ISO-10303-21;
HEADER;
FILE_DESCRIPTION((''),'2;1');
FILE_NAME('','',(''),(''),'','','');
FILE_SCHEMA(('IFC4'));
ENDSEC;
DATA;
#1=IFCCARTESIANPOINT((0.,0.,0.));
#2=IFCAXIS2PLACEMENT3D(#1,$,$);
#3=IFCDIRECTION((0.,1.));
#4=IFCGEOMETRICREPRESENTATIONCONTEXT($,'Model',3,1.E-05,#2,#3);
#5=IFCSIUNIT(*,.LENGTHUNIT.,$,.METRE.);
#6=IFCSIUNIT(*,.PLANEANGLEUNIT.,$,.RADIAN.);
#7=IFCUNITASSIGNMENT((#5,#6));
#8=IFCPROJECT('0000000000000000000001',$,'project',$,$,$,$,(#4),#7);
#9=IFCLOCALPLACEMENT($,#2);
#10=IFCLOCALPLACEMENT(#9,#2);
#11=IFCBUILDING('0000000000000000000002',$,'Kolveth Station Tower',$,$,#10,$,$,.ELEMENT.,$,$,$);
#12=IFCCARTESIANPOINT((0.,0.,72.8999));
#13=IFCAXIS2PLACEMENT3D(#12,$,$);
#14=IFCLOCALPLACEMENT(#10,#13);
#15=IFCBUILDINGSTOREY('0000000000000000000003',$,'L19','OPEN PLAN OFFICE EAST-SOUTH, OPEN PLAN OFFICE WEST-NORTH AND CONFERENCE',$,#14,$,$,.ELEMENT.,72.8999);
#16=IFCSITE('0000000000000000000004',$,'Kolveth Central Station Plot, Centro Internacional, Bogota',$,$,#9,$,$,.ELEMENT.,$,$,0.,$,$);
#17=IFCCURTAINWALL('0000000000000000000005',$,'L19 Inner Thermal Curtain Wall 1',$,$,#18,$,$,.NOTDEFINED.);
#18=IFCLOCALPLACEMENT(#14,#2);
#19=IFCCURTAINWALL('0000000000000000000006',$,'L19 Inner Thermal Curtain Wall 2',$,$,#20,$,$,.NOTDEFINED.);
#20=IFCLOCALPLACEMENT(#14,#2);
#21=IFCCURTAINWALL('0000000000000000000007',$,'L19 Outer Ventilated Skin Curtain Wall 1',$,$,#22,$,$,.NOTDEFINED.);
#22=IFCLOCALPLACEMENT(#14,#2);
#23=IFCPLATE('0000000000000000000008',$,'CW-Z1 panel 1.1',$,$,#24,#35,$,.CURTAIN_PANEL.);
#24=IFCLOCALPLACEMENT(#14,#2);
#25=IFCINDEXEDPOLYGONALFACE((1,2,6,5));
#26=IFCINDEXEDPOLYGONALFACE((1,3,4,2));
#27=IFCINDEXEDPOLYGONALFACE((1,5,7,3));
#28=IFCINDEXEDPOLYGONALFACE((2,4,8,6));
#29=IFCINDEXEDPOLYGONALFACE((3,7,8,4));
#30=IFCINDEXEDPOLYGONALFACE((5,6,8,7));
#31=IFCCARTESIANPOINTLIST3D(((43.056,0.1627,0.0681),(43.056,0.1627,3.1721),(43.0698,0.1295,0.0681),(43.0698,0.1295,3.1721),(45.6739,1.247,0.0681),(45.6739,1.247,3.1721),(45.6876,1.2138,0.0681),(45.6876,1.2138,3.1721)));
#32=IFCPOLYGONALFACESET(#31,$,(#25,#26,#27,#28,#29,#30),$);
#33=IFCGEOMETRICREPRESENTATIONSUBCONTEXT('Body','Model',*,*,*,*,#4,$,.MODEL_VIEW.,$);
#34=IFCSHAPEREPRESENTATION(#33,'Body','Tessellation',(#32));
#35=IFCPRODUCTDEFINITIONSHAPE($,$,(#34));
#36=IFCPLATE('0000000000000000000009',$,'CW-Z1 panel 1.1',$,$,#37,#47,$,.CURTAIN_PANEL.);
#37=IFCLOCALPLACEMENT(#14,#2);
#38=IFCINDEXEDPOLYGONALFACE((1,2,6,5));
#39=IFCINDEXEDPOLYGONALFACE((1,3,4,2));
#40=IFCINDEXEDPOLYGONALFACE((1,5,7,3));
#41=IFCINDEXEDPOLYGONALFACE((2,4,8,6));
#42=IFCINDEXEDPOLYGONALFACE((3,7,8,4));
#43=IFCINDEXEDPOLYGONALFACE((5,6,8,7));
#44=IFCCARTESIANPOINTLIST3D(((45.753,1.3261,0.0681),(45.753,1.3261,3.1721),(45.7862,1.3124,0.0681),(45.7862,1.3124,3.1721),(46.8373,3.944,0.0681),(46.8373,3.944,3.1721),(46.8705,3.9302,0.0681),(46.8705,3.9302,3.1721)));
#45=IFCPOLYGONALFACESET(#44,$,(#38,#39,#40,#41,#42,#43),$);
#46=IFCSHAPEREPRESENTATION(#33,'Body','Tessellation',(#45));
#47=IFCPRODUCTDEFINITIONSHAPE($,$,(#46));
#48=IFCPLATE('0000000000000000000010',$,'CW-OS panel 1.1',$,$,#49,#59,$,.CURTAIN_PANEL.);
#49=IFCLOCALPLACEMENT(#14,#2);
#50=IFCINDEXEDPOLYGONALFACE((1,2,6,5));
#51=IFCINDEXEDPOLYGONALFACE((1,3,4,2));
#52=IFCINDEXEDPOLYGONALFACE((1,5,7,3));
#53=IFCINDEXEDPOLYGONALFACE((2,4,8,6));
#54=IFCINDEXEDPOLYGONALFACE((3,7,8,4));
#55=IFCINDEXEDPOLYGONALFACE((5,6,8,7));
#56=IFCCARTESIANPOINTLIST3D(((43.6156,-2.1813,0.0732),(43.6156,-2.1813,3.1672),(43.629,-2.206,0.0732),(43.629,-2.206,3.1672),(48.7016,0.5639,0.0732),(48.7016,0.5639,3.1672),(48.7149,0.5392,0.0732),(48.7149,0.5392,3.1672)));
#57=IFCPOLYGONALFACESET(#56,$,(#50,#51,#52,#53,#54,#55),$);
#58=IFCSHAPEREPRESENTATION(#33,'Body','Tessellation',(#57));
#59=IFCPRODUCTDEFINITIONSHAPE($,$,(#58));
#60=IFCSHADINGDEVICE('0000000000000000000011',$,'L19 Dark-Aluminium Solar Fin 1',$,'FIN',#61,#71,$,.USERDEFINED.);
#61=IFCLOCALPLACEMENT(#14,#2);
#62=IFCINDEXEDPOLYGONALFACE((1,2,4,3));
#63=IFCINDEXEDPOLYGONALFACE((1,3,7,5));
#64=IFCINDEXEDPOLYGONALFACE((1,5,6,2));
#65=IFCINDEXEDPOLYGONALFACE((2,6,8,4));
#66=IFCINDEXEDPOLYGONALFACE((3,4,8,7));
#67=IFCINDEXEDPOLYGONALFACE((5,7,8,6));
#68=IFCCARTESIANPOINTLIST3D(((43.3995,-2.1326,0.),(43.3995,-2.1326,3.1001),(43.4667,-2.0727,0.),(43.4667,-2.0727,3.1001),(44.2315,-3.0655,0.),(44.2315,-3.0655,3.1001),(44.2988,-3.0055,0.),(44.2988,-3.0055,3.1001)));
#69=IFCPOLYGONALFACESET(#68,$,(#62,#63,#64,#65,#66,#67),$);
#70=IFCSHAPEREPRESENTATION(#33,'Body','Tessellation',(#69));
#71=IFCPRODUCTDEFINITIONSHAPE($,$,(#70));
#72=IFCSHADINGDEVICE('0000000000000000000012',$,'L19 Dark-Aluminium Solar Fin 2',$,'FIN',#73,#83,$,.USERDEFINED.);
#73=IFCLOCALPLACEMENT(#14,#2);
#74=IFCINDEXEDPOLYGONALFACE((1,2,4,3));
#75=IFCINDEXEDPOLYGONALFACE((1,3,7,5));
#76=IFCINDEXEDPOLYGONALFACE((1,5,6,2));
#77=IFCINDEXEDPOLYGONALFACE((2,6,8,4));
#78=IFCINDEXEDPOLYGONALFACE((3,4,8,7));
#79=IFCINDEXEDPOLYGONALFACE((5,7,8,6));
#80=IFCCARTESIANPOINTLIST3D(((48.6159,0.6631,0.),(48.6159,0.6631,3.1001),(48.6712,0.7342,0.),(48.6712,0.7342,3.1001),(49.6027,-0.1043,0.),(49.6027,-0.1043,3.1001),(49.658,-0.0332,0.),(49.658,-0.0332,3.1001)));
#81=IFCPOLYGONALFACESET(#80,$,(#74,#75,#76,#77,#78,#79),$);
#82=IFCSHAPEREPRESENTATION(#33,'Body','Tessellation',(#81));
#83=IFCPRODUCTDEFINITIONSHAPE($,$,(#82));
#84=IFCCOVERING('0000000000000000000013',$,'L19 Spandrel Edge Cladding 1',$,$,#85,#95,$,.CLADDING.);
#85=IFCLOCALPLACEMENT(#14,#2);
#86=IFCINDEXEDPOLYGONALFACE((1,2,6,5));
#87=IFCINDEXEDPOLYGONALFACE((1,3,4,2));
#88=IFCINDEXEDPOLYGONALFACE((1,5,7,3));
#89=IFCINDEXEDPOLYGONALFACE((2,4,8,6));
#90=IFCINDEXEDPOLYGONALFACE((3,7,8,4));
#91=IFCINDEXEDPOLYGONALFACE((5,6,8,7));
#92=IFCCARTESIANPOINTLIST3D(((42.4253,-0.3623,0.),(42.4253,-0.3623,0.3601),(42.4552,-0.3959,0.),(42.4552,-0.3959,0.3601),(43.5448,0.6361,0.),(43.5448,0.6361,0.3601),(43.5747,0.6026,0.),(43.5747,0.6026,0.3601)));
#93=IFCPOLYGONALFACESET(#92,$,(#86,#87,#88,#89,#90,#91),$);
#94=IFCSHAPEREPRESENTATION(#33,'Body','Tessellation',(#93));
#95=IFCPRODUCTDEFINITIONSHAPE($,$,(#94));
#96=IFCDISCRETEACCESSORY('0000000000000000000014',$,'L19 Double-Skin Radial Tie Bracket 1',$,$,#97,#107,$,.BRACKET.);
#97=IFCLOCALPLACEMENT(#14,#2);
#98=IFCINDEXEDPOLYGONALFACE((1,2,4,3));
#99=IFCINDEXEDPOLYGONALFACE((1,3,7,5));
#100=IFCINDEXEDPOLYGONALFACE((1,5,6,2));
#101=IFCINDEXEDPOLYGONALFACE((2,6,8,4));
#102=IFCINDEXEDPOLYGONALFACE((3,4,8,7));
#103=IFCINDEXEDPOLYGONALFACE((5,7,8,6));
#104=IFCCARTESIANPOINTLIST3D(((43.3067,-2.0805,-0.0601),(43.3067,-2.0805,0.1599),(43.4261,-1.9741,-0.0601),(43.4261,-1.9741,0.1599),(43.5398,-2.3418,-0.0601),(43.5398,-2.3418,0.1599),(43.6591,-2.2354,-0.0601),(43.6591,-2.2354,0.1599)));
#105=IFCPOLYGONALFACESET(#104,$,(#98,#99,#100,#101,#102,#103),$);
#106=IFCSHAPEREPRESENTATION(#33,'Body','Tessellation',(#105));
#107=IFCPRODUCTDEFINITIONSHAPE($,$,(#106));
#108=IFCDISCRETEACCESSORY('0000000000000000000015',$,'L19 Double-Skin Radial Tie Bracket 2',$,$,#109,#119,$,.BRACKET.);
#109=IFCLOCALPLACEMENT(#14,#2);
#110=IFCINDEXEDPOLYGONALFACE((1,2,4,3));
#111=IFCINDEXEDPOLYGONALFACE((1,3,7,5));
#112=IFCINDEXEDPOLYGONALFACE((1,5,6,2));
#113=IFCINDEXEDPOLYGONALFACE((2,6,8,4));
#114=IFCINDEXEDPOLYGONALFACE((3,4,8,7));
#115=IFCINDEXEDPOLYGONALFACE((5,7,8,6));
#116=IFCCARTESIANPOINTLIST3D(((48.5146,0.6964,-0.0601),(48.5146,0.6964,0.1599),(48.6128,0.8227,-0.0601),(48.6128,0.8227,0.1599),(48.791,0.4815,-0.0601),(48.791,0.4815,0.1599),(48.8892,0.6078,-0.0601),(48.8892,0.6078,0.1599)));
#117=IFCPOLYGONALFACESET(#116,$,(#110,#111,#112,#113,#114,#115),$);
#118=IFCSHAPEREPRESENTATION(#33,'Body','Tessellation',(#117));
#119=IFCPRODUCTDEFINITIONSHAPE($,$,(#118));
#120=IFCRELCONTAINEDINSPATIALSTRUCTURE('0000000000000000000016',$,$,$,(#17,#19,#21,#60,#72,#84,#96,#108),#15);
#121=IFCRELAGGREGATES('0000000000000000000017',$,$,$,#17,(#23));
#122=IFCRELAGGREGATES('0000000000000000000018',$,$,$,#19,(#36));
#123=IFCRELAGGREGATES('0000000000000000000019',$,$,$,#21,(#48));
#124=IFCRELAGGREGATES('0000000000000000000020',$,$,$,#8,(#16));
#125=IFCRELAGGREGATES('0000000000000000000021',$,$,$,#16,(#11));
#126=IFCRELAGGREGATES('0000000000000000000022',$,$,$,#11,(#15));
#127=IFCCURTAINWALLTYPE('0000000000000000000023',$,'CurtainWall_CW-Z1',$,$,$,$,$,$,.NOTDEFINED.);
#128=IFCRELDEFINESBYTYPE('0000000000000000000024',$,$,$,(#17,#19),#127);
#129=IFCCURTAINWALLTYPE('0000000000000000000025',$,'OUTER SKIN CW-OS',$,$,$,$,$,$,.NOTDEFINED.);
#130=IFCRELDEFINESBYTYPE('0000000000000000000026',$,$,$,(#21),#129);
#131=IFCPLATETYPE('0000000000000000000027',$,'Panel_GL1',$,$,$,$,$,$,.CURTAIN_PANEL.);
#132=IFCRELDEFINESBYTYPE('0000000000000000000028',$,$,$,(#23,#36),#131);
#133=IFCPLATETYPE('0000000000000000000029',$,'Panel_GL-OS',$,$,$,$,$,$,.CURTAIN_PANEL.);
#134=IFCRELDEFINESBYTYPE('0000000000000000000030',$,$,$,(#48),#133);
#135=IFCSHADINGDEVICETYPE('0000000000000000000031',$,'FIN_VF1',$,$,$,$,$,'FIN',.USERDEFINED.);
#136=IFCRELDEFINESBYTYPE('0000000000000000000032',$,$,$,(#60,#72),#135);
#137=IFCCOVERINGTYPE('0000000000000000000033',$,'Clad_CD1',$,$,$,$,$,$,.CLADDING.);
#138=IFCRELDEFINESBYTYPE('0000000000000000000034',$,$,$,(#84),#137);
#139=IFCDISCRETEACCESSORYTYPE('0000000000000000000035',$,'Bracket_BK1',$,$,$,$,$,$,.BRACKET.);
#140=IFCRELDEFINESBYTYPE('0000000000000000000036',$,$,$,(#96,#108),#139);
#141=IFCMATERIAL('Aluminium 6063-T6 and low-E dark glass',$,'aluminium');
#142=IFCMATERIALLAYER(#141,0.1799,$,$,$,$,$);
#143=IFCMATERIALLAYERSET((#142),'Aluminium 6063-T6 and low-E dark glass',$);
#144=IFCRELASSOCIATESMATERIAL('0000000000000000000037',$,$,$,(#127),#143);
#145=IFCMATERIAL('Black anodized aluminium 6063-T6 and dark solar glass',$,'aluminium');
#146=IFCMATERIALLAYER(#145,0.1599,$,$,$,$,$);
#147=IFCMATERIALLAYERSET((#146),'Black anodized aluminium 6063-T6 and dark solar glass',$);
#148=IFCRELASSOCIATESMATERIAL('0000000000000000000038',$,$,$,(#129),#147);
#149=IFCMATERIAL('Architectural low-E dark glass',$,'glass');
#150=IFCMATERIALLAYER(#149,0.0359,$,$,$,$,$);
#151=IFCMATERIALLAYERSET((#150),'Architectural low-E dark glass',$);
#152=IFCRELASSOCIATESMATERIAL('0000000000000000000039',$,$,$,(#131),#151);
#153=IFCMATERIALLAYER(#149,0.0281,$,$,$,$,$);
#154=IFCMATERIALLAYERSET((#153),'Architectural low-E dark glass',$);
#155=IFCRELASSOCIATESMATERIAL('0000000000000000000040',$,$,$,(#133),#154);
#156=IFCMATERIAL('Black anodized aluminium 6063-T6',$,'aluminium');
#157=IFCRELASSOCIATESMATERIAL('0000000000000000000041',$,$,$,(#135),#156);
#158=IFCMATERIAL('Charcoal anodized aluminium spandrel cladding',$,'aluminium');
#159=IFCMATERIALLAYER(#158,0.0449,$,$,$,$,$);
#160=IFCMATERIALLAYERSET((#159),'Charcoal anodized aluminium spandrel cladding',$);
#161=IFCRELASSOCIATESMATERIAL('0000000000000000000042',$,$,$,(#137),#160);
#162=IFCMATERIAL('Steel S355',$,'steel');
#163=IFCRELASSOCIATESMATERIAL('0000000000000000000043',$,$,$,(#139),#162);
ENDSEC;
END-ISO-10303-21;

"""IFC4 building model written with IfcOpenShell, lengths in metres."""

from ifc_helpers import new_model, si_unit, direction, frame, origin, origin_2d, place, context, subcontext, project, spatial, rectangle, extrude, source, transform, mapped, material, layer, layer_set, type_object, element, aggregate, save


model = new_model("IFC4")

# Units and contexts
model_context = context("Model", 3, precision=1e-05, world=origin(), true_north=direction((0.0, 1.0)))
body_context = subcontext(model_context, "Body", "Model", "MODEL_VIEW")
ifc_project = project(units=[si_unit("LENGTHUNIT", "METRE"), si_unit("PLANEANGLEUNIT", "RADIAN")], contexts=[model_context])

# Site, building, storey
site_placement = place(None, origin())
site = spatial("IfcSite", under=ifc_project, at=site_placement, Name="Kolveth Central Station Plot, Centro Internacional, Bogota", CompositionType="ELEMENT", RefElevation=0.0)
building_placement = place(site_placement, origin())
building = spatial("IfcBuilding", under=site, at=building_placement, Name="Kolveth Station Tower", CompositionType="ELEMENT")
storey_placement = place(building_placement, frame((0.0, 0.0, 72.8999)))
storey = spatial("IfcBuildingStorey", under=building, at=storey_placement, Name="L19", Description="OPEN PLAN OFFICE EAST-SOUTH, OPEN PLAN OFFICE WEST-NORTH AND CONFERENCE", CompositionType="ELEMENT", Elevation=72.8999)

# Shared definitions
ifc_material_1 = material(Name="Steel S355", Category="steel")

# Curtain walls
ifc_material_2 = material(Name="Aluminium 6063-T6 and low-E dark glass", Category="aluminium")
ifc_layer_1 = layer(ifc_material_2, 0.1799)
ifc_layer_set_1 = layer_set([ifc_layer_1], Name="Aluminium 6063-T6 and low-E dark glass")
curtain_wall_type_1 = type_object("IfcCurtainWallType", Name="CurtainWall_CW-Z1", PredefinedType="NOTDEFINED", material=ifc_layer_set_1)
curtain_wall_1_placement = place(storey_placement, origin())
curtain_wall_1 = element("IfcCurtainWall", 1, at=curtain_wall_1_placement, inside=storey, type_object=curtain_wall_type_1, Name="L19 Inner Thermal Curtain Wall 1", PredefinedType="NOTDEFINED")
ifc_material_3 = material(Name="Black anodized aluminium 6063-T6", Category="aluminium")
curtain_wall_2_placement = place(storey_placement, origin())
curtain_wall_2 = element("IfcCurtainWall", 2, at=curtain_wall_2_placement, inside=storey, type_object=curtain_wall_type_1, Name="L19 Inner Thermal Curtain Wall 2", PredefinedType="NOTDEFINED")

# Curtain wall
ifc_material_4 = material(Name="Black anodized aluminium 6063-T6 and dark solar glass", Category="aluminium")
ifc_layer_2 = layer(ifc_material_4, 0.1599)
ifc_layer_set_2 = layer_set([ifc_layer_2], Name="Black anodized aluminium 6063-T6 and dark solar glass")
curtain_wall_type_2 = type_object("IfcCurtainWallType", Name="OUTER SKIN CW-OS", PredefinedType="NOTDEFINED", material=ifc_layer_set_2)
curtain_wall_3_placement = place(storey_placement, origin())
curtain_wall_3 = element("IfcCurtainWall", 3, at=curtain_wall_3_placement, inside=storey, type_object=curtain_wall_type_2, Name="L19 Outer Ventilated Skin Curtain Wall 1", PredefinedType="NOTDEFINED")

# Plates
ifc_material_5 = material(Name="Architectural low-E dark glass", Category="glass")
ifc_layer_3 = layer(ifc_material_5, 0.0359)
ifc_layer_set_3 = layer_set([ifc_layer_3], Name="Architectural low-E dark glass")
plate_type_1 = type_object("IfcPlateType", Name="Panel_GL1", PredefinedType="CURTAIN_PANEL", material=ifc_layer_set_3)
shared_shape_1 = source(origin(), body_context, "Body", "SweptSolid", [
    extrude(rectangle(XDim=2.8335, YDim=0.0359, at=origin_2d()), origin(), (0.0, 0.0, 1.0), 3.104),
])
plate_1_placement = place(storey_placement, frame((44.3718, 0.6882, 0.0681), z_axis=(0.0, 0.0, 1.0), x_axis=(0.923884, 0.382673, 0.0)))
plate_1 = element("IfcPlate", 4, at=plate_1_placement, type_object=plate_type_1, Name="CW-Z1 panel 1.1", PredefinedType="CURTAIN_PANEL", context=body_context, shape_type="MappedRepresentation", body=[
    mapped(shared_shape_1, transform((0.0, 0.0, 0.0), x_axis=(1.0, 0.0, 0.0), y_axis=(0.0, 1.0, 0.0), z_axis=(0.0, 0.0, 1.0), scale=1.0)),
])
aggregate(curtain_wall_1, [plate_1])
plate_2_placement = place(storey_placement, frame((46.3118, 2.6282, 0.0681), z_axis=(0.0, 0.0, 1.0), x_axis=(0.382673, 0.923884, 0.0)))
plate_2 = element("IfcPlate", 5, at=plate_2_placement, type_object=plate_type_1, Name="CW-Z1 panel 1.1", PredefinedType="CURTAIN_PANEL", context=body_context, shape_type="MappedRepresentation", body=[
    mapped(shared_shape_1, transform((0.0, 0.0, 0.0), x_axis=(1.0, 0.0, 0.0), y_axis=(0.0, 1.0, 0.0), z_axis=(0.0, 0.0, 1.0), scale=1.0)),
])
aggregate(curtain_wall_2, [plate_2])
ifc_layer_4 = layer(ifc_material_5, 0.0281)
ifc_layer_set_4 = layer_set([ifc_layer_4], Name="Architectural low-E dark glass")
plate_type_2 = type_object("IfcPlateType", Name="Panel_GL-OS", PredefinedType="CURTAIN_PANEL", material=ifc_layer_set_4)
shared_shape_2 = source(origin(), body_context, "Body", "SweptSolid", [
    extrude(rectangle(XDim=5.7795, YDim=0.0281, at=origin_2d()), origin(), (0.0, 0.0, 1.0), 3.094),
])
plate_3_placement = place(storey_placement, frame((46.1653, -0.821, 0.0732), z_axis=(0.0, 0.0, 1.0), x_axis=(0.879999, 0.474975, 0.0)))
plate_3 = element("IfcPlate", 6, at=plate_3_placement, type_object=plate_type_2, Name="CW-OS panel 1.1", PredefinedType="CURTAIN_PANEL", context=body_context, shape_type="MappedRepresentation", body=[
    mapped(shared_shape_2, transform((0.0, 0.0, 0.0), x_axis=(1.0, 0.0, 0.0), y_axis=(0.0, 1.0, 0.0), z_axis=(0.0, 0.0, 1.0), scale=1.0)),
])
aggregate(curtain_wall_3, [plate_3])

# Shading devices
shading_device_type = type_object("IfcShadingDeviceType", Name="FIN_VF1", ElementType="FIN", PredefinedType="USERDEFINED", material=ifc_material_3)
shared_shape_3 = source(origin(), body_context, "Body", "SweptSolid", [
    extrude(rectangle(XDim=1.25, YDim=0.0901, at=origin_2d()), origin(), (0.0, 0.0, 1.0), 3.1001),
])
for number, where, z_axis, x_axis, name in (
    (7, (43.8491, -2.5691, 0.0), (0.0, 0.0, 1.0), (0.665621, -0.74629, 0.0), "L19 Dark-Aluminium Solar Fin 1"),
    (8, (49.137, 0.3149, 0.0), (0.0, 0.0, 1.0), (0.789406, -0.613872, 0.0), "L19 Dark-Aluminium Solar Fin 2"),
):
    element("IfcShadingDevice", number, at=place(storey_placement, frame(where, z_axis=z_axis, x_axis=x_axis)), inside=storey, type_object=shading_device_type, Name=name, ObjectType="FIN", PredefinedType="USERDEFINED", context=body_context, shape_type="MappedRepresentation", body=[
        mapped(shared_shape_3, transform((0.0, 0.0, 0.0), x_axis=(1.0, 0.0, 0.0), y_axis=(0.0, 1.0, 0.0), z_axis=(0.0, 0.0, 1.0), scale=1.0)),
    ])

# Covering
ifc_material_6 = material(Name="Charcoal anodized aluminium spandrel cladding", Category="aluminium")
ifc_layer_5 = layer(ifc_material_6, 0.0449)
ifc_layer_set_5 = layer_set([ifc_layer_5], Name="Charcoal anodized aluminium spandrel cladding")
covering_type = type_object("IfcCoveringType", Name="Clad_CD1", PredefinedType="CLADDING", material=ifc_layer_set_5)
shared_shape_4 = source(origin(), body_context, "Body", "SweptSolid", [
    extrude(rectangle(XDim=1.5, YDim=0.0449, at=origin_2d()), origin(), (0.0, 0.0, 1.0), 0.3601),
])
covering_placement = place(storey_placement, frame((43.0, 0.1201, 0.0), z_axis=(0.0, 0.0, 1.0), x_axis=(0.74629, 0.665621, 0.0)))
element("IfcCovering", 9, at=covering_placement, inside=storey, type_object=covering_type, Name="L19 Spandrel Edge Cladding 1", PredefinedType="CLADDING", context=body_context, shape_type="MappedRepresentation", body=[
    mapped(shared_shape_4, transform((0.0, 0.0, 0.0), x_axis=(1.0, 0.0, 0.0), y_axis=(0.0, 1.0, 0.0), z_axis=(0.0, 0.0, 1.0), scale=1.0)),
])

# Discrete accessories
discrete_accessory_type = type_object("IfcDiscreteAccessoryType", Name="Bracket_BK1", PredefinedType="BRACKET", material=ifc_material_1)
shared_shape_5 = source(origin(), body_context, "Body", "SweptSolid", [
    extrude(rectangle(XDim=0.3501, YDim=0.1599, at=origin_2d()), origin(), (0.0, 0.0, 1.0), 0.22),
])
for number, where, z_axis, x_axis, name in (
    (10, (43.4829, -2.158, -0.0601), (0.0, 0.0, 1.0), (0.665621, -0.74629, 0.0), "L19 Double-Skin Radial Tie Bracket 1"),
    (11, (48.7019, 0.6521, -0.0601), (0.0, 0.0, 1.0), (0.789406, -0.613872, 0.0), "L19 Double-Skin Radial Tie Bracket 2"),
):
    element("IfcDiscreteAccessory", number, at=place(storey_placement, frame(where, z_axis=z_axis, x_axis=x_axis)), inside=storey, type_object=discrete_accessory_type, Name=name, PredefinedType="BRACKET", context=body_context, shape_type="MappedRepresentation", body=[
        mapped(shared_shape_5, transform((0.0, 0.0, 0.0), x_axis=(1.0, 0.0, 0.0), y_axis=(0.0, 1.0, 0.0), z_axis=(0.0, 0.0, 1.0), scale=1.0)),
    ])

save(model, "model.ifc")
